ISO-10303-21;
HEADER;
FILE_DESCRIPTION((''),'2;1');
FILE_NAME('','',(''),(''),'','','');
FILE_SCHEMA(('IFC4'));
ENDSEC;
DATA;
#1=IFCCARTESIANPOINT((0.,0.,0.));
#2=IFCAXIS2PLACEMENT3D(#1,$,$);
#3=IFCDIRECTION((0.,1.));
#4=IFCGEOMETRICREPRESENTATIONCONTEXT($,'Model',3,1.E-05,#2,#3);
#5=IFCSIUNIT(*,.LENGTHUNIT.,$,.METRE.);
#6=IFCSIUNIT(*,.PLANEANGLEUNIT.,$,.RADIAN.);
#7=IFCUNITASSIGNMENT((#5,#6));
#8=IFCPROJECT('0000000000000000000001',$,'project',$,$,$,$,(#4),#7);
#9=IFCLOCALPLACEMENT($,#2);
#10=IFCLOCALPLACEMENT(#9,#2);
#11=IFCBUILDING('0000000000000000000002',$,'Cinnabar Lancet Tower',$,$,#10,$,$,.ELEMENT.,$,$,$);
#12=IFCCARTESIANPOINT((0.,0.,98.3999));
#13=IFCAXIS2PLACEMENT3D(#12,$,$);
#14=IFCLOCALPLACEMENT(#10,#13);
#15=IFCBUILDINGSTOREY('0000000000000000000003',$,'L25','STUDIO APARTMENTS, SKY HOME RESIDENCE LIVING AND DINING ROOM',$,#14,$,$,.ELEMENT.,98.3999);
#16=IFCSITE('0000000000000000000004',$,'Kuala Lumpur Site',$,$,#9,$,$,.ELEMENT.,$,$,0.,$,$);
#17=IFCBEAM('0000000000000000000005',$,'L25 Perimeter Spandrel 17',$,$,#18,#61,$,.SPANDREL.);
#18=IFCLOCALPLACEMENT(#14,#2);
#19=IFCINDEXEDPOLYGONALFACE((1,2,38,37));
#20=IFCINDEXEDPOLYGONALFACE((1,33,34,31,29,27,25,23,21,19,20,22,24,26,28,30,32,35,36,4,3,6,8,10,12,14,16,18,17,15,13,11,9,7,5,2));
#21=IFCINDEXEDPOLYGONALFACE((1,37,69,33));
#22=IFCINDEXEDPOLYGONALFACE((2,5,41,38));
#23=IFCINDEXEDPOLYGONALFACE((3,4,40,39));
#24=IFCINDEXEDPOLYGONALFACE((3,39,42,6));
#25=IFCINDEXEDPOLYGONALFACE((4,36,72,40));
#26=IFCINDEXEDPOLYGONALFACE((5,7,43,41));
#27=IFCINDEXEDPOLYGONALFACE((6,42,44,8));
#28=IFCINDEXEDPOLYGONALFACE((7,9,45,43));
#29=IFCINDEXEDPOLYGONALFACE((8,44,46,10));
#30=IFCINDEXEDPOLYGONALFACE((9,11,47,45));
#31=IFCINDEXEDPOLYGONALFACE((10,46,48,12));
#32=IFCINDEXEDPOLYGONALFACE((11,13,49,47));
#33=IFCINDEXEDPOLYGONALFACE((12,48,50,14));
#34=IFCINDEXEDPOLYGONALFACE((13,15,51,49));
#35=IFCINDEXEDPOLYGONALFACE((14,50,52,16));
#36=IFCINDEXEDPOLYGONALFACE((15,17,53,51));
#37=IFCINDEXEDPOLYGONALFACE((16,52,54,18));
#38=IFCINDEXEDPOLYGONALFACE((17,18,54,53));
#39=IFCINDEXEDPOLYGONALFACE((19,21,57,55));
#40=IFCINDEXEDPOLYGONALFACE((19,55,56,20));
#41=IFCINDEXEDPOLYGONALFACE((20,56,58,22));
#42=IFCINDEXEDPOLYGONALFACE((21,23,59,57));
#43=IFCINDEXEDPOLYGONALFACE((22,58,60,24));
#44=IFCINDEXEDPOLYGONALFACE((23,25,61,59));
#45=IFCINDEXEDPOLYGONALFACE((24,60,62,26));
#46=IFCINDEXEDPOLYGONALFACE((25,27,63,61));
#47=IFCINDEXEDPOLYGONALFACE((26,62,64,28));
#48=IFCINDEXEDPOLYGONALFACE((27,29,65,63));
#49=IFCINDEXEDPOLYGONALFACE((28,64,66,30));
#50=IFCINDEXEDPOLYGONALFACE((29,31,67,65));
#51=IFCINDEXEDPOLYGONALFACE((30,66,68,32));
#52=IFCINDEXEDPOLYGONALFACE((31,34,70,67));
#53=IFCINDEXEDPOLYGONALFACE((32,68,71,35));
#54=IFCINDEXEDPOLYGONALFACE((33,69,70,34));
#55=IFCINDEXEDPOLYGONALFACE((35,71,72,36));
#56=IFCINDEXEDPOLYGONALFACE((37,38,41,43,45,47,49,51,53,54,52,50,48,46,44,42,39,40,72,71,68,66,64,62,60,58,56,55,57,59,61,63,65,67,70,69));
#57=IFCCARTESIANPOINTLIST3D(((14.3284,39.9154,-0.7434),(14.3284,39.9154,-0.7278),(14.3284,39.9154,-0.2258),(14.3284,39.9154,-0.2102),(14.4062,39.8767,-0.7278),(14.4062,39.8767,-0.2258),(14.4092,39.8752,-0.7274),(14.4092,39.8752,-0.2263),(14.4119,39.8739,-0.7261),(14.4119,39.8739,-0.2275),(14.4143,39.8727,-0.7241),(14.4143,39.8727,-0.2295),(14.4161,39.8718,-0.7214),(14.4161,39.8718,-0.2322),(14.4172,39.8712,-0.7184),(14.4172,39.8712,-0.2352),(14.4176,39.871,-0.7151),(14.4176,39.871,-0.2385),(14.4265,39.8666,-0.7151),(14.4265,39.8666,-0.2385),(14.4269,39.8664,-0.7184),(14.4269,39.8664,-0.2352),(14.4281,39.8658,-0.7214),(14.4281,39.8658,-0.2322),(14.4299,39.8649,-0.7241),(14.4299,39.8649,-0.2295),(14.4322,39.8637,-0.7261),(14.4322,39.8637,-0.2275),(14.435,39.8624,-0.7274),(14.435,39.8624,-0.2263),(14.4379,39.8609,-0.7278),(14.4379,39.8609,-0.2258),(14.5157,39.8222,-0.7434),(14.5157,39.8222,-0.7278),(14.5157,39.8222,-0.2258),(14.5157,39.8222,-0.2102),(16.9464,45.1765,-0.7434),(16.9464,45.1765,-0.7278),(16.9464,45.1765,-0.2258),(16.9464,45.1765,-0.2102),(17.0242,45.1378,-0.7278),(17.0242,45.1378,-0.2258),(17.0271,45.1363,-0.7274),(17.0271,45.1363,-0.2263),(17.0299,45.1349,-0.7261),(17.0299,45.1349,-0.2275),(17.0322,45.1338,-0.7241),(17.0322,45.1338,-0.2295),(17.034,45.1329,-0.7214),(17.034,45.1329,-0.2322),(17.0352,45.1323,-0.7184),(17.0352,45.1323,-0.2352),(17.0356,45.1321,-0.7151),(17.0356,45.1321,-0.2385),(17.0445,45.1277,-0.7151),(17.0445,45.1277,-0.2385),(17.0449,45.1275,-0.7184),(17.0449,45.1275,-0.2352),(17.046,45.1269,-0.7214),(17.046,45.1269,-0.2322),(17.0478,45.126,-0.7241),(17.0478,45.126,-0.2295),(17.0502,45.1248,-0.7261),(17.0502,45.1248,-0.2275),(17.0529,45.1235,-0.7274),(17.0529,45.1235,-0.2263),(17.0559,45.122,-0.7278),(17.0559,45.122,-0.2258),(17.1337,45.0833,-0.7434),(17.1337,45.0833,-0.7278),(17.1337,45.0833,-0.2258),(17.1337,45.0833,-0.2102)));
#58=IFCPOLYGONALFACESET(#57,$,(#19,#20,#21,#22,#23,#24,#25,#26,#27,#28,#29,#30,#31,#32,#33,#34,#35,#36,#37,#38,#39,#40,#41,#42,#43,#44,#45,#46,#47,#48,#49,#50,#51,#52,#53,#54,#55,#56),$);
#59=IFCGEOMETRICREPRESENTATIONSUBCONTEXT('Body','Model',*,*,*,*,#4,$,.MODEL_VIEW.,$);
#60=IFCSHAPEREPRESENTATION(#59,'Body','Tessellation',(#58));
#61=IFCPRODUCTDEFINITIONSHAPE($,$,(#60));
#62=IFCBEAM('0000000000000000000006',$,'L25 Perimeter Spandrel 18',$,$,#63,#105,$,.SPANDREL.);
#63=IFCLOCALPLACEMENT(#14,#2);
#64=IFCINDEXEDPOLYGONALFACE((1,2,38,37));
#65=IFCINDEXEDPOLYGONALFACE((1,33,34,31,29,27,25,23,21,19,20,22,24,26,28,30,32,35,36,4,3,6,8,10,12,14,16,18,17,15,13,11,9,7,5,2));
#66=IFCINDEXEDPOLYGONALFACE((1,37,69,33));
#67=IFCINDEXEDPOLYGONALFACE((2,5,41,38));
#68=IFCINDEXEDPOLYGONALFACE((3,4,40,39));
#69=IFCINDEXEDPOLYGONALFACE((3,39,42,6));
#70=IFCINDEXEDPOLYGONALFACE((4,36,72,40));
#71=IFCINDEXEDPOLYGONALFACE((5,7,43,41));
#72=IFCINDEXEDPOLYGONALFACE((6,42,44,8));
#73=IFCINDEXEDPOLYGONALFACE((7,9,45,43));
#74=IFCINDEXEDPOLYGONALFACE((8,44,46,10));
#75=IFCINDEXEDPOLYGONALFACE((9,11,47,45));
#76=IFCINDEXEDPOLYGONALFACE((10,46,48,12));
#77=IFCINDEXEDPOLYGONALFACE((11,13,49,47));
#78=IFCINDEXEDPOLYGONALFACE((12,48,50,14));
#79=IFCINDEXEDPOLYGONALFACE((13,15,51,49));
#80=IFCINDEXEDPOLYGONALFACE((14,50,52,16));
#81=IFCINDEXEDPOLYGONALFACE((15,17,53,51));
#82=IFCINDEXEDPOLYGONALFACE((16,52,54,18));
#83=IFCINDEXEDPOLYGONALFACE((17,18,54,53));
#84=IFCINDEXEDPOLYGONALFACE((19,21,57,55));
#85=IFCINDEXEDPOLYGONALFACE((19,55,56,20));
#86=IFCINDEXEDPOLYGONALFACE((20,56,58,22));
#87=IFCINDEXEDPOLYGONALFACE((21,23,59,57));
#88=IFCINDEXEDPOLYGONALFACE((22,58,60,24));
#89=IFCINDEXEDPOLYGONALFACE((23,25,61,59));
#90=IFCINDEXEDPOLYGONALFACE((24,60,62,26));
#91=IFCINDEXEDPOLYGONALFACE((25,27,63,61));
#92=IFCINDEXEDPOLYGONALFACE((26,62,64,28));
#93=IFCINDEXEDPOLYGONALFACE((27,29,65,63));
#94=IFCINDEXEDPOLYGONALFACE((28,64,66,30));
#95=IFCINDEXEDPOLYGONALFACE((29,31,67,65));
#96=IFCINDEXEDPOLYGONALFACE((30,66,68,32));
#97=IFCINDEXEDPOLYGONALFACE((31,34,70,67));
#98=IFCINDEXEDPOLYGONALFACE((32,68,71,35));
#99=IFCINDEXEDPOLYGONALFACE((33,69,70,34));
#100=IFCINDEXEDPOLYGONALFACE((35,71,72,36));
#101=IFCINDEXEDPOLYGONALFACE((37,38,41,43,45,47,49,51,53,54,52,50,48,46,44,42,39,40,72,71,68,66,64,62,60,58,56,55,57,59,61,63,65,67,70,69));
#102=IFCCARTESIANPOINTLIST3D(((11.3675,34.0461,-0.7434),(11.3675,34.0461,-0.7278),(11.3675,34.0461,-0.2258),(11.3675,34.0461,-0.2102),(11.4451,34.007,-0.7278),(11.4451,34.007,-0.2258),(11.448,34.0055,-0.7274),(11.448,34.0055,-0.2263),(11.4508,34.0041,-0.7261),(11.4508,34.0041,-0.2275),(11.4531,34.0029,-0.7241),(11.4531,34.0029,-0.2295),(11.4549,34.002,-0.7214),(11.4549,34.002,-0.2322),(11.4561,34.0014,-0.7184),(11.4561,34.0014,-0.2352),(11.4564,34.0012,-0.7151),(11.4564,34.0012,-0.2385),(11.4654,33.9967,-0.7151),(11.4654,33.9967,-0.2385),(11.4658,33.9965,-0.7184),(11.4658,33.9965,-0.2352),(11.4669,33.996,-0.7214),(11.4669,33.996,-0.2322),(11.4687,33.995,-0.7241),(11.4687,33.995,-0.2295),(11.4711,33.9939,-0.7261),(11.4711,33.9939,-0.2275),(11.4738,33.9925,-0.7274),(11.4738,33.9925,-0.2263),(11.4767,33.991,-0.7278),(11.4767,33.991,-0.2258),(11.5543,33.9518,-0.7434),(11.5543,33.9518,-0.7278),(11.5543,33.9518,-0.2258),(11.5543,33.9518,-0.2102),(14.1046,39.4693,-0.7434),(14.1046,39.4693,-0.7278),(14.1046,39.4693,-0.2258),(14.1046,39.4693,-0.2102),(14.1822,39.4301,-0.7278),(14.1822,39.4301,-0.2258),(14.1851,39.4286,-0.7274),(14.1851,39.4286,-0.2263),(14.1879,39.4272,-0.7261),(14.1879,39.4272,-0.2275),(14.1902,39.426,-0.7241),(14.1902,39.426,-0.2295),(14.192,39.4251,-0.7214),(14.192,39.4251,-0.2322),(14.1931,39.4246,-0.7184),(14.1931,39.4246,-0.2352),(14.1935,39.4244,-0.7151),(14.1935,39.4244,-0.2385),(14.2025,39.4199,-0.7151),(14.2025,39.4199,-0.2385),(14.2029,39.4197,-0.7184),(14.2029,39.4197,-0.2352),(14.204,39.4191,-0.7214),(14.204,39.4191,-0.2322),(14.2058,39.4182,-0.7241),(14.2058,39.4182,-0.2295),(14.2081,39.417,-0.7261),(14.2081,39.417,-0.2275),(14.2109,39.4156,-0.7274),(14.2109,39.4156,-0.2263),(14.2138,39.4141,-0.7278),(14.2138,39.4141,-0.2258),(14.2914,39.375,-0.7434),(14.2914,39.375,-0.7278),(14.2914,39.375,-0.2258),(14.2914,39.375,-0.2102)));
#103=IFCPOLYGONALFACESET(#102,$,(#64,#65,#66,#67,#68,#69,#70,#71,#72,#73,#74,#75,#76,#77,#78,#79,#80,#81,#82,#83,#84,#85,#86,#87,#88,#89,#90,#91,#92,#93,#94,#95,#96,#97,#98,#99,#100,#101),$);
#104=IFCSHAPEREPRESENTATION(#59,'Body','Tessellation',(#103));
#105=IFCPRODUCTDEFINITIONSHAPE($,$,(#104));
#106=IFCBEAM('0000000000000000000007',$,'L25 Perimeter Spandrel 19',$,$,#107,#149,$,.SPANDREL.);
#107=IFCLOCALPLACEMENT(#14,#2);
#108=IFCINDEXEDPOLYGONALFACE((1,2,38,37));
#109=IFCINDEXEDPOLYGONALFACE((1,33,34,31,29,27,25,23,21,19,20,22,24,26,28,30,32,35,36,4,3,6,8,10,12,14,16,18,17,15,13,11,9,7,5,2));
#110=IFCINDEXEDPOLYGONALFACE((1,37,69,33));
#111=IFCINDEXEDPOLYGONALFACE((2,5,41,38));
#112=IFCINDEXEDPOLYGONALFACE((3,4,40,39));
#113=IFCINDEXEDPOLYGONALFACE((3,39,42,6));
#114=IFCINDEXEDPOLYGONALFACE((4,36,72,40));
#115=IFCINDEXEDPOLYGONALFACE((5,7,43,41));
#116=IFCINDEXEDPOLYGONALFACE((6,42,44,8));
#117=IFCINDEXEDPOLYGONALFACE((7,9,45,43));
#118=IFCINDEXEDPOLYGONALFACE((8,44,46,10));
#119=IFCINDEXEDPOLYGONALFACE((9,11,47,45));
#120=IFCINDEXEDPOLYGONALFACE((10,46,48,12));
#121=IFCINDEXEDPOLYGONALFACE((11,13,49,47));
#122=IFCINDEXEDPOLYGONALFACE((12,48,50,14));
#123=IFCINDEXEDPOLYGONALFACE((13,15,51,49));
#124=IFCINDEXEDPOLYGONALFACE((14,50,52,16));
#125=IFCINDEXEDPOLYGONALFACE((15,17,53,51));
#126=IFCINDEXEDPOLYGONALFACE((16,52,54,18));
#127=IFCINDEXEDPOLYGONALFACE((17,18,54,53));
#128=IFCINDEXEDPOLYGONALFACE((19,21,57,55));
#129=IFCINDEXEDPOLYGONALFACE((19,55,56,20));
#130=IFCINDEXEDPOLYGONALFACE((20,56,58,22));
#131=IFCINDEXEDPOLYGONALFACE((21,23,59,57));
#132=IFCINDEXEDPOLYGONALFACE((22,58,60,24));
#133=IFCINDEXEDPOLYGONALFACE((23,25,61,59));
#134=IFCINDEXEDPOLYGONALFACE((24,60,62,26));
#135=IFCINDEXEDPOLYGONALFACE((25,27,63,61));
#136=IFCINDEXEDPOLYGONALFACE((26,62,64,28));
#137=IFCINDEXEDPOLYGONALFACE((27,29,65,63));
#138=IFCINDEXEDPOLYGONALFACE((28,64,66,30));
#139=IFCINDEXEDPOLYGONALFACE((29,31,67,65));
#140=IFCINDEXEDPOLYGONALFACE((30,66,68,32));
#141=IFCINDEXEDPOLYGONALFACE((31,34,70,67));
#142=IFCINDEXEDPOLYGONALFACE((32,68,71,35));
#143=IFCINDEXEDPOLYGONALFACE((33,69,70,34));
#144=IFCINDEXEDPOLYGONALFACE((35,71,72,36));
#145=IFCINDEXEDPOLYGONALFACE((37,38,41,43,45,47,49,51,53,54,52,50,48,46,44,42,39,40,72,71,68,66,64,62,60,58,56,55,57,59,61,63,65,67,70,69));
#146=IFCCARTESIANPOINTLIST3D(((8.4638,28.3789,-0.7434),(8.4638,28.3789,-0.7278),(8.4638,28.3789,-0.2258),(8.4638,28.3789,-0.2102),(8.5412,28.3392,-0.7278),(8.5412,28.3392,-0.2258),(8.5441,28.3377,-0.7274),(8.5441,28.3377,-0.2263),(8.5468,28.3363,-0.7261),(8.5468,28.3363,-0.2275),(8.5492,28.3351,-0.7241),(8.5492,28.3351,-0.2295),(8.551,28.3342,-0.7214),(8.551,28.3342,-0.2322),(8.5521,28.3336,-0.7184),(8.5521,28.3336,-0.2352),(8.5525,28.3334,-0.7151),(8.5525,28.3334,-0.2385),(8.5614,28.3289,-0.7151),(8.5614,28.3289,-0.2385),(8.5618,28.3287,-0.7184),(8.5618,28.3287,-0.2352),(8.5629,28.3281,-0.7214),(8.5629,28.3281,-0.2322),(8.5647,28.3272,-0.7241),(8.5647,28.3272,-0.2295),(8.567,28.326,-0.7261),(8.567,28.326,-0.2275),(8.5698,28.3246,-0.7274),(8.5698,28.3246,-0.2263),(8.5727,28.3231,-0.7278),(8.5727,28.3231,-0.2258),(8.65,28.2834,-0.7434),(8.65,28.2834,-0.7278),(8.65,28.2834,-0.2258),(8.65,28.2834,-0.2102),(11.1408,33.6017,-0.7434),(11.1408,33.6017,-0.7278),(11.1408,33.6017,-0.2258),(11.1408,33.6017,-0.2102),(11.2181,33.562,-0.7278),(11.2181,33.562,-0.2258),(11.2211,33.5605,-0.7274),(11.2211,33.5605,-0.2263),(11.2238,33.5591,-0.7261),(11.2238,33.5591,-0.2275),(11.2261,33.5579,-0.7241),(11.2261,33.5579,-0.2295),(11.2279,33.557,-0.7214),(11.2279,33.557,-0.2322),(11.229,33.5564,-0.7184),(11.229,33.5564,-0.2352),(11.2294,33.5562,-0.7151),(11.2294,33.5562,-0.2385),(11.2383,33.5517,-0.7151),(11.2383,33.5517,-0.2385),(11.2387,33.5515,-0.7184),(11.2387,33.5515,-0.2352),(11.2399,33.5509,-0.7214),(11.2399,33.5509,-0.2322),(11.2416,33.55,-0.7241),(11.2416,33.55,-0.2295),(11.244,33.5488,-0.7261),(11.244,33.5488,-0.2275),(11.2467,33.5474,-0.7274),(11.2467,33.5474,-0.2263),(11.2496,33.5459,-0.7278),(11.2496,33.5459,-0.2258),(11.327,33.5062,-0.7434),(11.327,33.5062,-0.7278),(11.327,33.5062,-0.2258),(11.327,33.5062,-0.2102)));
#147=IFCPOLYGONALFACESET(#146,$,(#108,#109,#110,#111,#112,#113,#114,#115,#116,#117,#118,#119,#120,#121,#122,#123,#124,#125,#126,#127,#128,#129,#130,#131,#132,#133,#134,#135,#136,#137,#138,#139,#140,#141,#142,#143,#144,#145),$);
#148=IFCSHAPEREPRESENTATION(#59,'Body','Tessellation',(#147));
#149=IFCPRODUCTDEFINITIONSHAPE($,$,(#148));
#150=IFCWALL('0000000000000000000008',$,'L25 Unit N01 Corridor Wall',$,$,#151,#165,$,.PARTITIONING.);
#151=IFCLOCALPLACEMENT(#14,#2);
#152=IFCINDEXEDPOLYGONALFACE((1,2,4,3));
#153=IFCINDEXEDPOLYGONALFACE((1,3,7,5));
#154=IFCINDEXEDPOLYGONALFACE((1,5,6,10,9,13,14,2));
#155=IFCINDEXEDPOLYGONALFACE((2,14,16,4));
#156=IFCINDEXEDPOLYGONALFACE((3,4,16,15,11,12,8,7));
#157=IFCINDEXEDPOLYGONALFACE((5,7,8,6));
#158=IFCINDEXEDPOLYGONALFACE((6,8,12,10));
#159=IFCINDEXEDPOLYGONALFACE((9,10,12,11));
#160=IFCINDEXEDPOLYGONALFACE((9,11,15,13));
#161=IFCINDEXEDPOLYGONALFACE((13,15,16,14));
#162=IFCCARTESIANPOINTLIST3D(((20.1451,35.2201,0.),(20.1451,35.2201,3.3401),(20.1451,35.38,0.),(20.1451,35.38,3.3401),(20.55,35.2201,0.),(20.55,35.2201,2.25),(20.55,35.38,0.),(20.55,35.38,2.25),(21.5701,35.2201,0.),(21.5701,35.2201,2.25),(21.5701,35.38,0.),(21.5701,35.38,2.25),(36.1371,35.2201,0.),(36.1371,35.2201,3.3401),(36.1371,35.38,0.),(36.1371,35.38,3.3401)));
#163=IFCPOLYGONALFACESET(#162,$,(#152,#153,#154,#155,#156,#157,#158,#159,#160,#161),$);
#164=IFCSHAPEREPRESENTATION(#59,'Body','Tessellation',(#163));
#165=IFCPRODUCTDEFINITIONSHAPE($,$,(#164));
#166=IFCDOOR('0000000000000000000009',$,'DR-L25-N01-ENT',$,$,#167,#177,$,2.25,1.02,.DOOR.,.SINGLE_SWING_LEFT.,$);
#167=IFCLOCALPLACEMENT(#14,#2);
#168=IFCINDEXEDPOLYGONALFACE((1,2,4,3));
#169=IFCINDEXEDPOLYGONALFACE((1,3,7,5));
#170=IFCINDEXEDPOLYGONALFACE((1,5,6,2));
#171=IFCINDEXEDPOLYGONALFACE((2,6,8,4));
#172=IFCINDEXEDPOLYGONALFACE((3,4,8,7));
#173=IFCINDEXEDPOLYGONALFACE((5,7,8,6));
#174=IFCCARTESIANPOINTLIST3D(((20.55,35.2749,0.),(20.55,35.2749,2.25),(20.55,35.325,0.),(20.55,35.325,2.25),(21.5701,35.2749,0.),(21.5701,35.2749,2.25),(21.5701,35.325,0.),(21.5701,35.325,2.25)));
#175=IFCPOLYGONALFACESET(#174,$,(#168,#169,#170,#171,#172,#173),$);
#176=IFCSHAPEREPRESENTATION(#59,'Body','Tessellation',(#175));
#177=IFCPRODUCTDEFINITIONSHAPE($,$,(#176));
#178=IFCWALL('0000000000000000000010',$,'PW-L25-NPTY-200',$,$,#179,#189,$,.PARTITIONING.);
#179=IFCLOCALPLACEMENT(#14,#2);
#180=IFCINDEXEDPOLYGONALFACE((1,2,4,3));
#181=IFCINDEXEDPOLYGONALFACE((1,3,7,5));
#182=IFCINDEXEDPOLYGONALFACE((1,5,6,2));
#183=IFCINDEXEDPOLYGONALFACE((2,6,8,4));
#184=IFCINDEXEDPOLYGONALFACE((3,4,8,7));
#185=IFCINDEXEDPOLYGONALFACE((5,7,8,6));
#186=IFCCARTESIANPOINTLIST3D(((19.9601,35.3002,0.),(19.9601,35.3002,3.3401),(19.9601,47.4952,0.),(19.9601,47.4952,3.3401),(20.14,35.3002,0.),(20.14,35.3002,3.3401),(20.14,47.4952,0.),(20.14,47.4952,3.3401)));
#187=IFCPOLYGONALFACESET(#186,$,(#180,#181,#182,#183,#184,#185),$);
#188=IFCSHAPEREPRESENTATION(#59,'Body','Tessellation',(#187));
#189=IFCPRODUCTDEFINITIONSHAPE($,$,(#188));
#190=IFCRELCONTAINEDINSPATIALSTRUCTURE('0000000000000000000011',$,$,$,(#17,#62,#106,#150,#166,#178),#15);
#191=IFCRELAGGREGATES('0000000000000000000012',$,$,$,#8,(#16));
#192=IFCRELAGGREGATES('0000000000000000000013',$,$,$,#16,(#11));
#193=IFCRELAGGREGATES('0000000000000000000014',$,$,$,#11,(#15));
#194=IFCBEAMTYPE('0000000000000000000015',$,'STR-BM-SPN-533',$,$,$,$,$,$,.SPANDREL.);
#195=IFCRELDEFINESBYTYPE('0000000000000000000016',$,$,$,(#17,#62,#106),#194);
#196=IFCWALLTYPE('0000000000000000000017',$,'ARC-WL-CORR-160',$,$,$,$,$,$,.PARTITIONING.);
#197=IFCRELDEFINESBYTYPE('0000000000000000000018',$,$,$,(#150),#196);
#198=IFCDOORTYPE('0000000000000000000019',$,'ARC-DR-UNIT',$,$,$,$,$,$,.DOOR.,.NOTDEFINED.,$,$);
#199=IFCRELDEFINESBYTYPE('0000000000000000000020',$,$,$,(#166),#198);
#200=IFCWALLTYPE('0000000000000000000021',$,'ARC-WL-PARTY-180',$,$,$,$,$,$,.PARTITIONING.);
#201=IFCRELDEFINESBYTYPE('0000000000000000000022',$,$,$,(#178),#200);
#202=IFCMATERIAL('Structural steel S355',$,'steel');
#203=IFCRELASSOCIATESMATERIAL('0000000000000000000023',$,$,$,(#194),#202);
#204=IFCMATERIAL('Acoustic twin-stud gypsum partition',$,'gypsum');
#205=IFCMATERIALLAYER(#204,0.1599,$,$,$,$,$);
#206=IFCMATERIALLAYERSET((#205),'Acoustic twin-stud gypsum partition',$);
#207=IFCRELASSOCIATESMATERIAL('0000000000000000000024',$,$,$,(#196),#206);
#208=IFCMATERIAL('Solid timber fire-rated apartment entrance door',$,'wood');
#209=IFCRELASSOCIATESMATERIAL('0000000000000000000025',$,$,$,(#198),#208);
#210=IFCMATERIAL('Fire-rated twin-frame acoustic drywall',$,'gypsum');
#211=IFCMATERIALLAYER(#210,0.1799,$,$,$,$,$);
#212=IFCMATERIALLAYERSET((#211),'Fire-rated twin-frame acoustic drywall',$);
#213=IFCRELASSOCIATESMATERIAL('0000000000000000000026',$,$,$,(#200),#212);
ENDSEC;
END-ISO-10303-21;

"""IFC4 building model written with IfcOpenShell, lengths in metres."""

from ifc_helpers import new_model, si_unit, direction, frame, frame_2d, origin, origin_2d, place, context, subcontext, project, spatial, rectangle, i_section, extrude, material, layer, layer_set, material_profile, profile_set, type_object, element, fill, save


model = new_model("IFC4")

# Units and contexts
model_context = context("Model", 3, precision=1e-05, world=origin(), true_north=direction((0.0, 1.0)))
body_context = subcontext(model_context, "Body", "Model", "MODEL_VIEW")
ifc_project = project(units=[si_unit("LENGTHUNIT", "METRE"), si_unit("PLANEANGLEUNIT", "RADIAN")], contexts=[model_context])

# Site, building, storey
site_placement = place(None, origin())
site = spatial("IfcSite", under=ifc_project, at=site_placement, Name="Kuala Lumpur Site", CompositionType="ELEMENT", RefElevation=0.0)
building_placement = place(site_placement, origin())
building = spatial("IfcBuilding", under=site, at=building_placement, Name="Cinnabar Lancet Tower", CompositionType="ELEMENT")
storey_placement = place(building_placement, frame((0.0, 0.0, 98.3999)))
storey = spatial("IfcBuildingStorey", under=building, at=storey_placement, Name="L25", Description="STUDIO APARTMENTS, SKY HOME RESIDENCE LIVING AND DINING ROOM", CompositionType="ELEMENT", Elevation=98.3999)

# Beams
ifc_material_1 = material(Name="Structural steel S355", Category="steel")
ifc_material_profile_1 = material_profile(ifc_material_1, i_section(OverallWidth=0.2092, OverallDepth=0.5332, WebThickness=0.01, FlangeThickness=0.0156, FilletRadius=0.0127, at=origin_2d()), Name="UKB 533x210x92")
ifc_profile_set_1 = profile_set([ifc_material_profile_1], Name="Structural steel S355")
beam_type_1 = type_object("IfcBeamType", Name="STR-BM-SPN-533", PredefinedType="SPANDREL", material=ifc_profile_set_1)
beam_1_placement = place(storey_placement, frame((17.04, 45.1299, -0.4768), z_axis=(-0.445501, -0.895281, 0.0), x_axis=(0.895281, -0.445501, 0.0)))
element("IfcBeam", 1, at=beam_1_placement, inside=storey, type_object=beam_type_1, Name="L25 Perimeter Spandrel 17", PredefinedType="SPANDREL", context=body_context, shape_type="SweptSolid", body=[
    extrude(i_section(OverallWidth=0.2092, OverallDepth=0.5332, WebThickness=0.01, FlangeThickness=0.0156, FilletRadius=0.0127, at=origin_2d()), origin(), (0.0, 0.0, 1.0), 5.8765),
])
beam_2_placement = place(storey_placement, frame((14.198, 39.4221, -0.4768), z_axis=(-0.45057, -0.892741, 0.0), x_axis=(0.892741, -0.45057, 0.0)))
element("IfcBeam", 2, at=beam_2_placement, inside=storey, type_object=beam_type_1, Name="L25 Perimeter Spandrel 18", PredefinedType="SPANDREL", context=body_context, shape_type="SweptSolid", body=[
    extrude(i_section(OverallWidth=0.2092, OverallDepth=0.5332, WebThickness=0.01, FlangeThickness=0.0156, FilletRadius=0.0127, at=origin_2d()), origin(), (0.0, 0.0, 1.0), 6.0747),
])
beam_3_placement = place(storey_placement, frame((11.2339, 33.554, -0.4768), z_axis=(-0.456127, -0.889915, 0.0), x_axis=(0.889915, -0.456127, 0.0)))
element("IfcBeam", 3, at=beam_3_placement, inside=storey, type_object=beam_type_1, Name="L25 Perimeter Spandrel 19", PredefinedType="SPANDREL", context=body_context, shape_type="SweptSolid", body=[
    extrude(i_section(OverallWidth=0.2092, OverallDepth=0.5332, WebThickness=0.01, FlangeThickness=0.0156, FilletRadius=0.0127, at=origin_2d()), origin(), (0.0, 0.0, 1.0), 5.8689),
])

# Wall, opening, door
ifc_material_2 = material(Name="Acoustic twin-stud gypsum partition", Category="gypsum")
ifc_layer_1 = layer(ifc_material_2, 0.1599)
ifc_layer_set_1 = layer_set([ifc_layer_1], Name="Acoustic twin-stud gypsum partition")
wall_type_1 = type_object("IfcWallType", Name="ARC-WL-CORR-160", PredefinedType="PARTITIONING", material=ifc_layer_set_1)
wall_1_placement = place(storey_placement, frame((20.145, 35.3, 0.0), z_axis=(0.0, 0.0, 1.0), x_axis=(1.0, 0.0, 0.0)))
wall_1 = element("IfcWall", 4, at=wall_1_placement, inside=storey, type_object=wall_type_1, Name="L25 Unit N01 Corridor Wall", PredefinedType="PARTITIONING", context=body_context, shape_type="SweptSolid", body=[
    extrude(rectangle(XDim=15.9919, YDim=0.1599, at=frame_2d((7.9961, 0.0))), origin(), (0.0, 0.0, 1.0), 3.3401),
])
opening_1_placement = place(wall_1_placement, frame((0.405, 0.0, 0.0)))
opening_1 = element("IfcOpeningElement", 5, at=opening_1_placement, cuts=wall_1, PredefinedType="OPENING", context=body_context, shape_type="SweptSolid", body=[
    extrude(rectangle(XDim=1.02, YDim=2.25, at=frame_2d((0.51, 1.125))), frame((0.0, 0.0898, 0.0), z_axis=(0.0, -1.0, 0.0), x_axis=(1.0, 0.0, 0.0)), (0.0, 0.0, 1.0), 0.1799),
])
ifc_material_3 = material(Name="Solid timber fire-rated apartment entrance door", Category="wood")
door_type = type_object("IfcDoorType", Name="ARC-DR-UNIT", OperationType="NOTDEFINED", PredefinedType="DOOR", material=ifc_material_3)
door_placement = place(opening_1_placement, origin())
door = element("IfcDoor", 6, at=door_placement, inside=storey, type_object=door_type, Name="DR-L25-N01-ENT", OperationType="SINGLE_SWING_LEFT", OverallHeight=2.25, OverallWidth=1.02, PredefinedType="DOOR", context=body_context, shape_type="SweptSolid", body=[
    extrude(rectangle(XDim=1.02, YDim=2.25, at=frame_2d((0.51, 1.125))), frame((0.0, 0.0249, 0.0), z_axis=(0.0, -1.0, 0.0), x_axis=(1.0, 0.0, 0.0)), (0.0, 0.0, 1.0), 0.05),
])
fill(opening_1, door)

# Wall
ifc_material_4 = material(Name="Fire-rated twin-frame acoustic drywall", Category="gypsum")
ifc_layer_2 = layer(ifc_material_4, 0.1799)
ifc_layer_set_2 = layer_set([ifc_layer_2], Name="Fire-rated twin-frame acoustic drywall")
wall_type_2 = type_object("IfcWallType", Name="ARC-WL-PARTY-180", PredefinedType="PARTITIONING", material=ifc_layer_set_2)
wall_2_placement = place(storey_placement, frame((20.05, 35.3, 0.0), z_axis=(0.0, 0.0, 1.0), x_axis=(0.0, 1.0, 0.0)))
element("IfcWall", 7, at=wall_2_placement, inside=storey, type_object=wall_type_2, Name="PW-L25-NPTY-200", PredefinedType="PARTITIONING", context=body_context, shape_type="SweptSolid", body=[
    extrude(rectangle(XDim=12.1951, YDim=0.1799, at=frame_2d((6.0977, 0.0))), origin(), (0.0, 0.0, 1.0), 3.3401),
])

save(model, "model.ifc")
